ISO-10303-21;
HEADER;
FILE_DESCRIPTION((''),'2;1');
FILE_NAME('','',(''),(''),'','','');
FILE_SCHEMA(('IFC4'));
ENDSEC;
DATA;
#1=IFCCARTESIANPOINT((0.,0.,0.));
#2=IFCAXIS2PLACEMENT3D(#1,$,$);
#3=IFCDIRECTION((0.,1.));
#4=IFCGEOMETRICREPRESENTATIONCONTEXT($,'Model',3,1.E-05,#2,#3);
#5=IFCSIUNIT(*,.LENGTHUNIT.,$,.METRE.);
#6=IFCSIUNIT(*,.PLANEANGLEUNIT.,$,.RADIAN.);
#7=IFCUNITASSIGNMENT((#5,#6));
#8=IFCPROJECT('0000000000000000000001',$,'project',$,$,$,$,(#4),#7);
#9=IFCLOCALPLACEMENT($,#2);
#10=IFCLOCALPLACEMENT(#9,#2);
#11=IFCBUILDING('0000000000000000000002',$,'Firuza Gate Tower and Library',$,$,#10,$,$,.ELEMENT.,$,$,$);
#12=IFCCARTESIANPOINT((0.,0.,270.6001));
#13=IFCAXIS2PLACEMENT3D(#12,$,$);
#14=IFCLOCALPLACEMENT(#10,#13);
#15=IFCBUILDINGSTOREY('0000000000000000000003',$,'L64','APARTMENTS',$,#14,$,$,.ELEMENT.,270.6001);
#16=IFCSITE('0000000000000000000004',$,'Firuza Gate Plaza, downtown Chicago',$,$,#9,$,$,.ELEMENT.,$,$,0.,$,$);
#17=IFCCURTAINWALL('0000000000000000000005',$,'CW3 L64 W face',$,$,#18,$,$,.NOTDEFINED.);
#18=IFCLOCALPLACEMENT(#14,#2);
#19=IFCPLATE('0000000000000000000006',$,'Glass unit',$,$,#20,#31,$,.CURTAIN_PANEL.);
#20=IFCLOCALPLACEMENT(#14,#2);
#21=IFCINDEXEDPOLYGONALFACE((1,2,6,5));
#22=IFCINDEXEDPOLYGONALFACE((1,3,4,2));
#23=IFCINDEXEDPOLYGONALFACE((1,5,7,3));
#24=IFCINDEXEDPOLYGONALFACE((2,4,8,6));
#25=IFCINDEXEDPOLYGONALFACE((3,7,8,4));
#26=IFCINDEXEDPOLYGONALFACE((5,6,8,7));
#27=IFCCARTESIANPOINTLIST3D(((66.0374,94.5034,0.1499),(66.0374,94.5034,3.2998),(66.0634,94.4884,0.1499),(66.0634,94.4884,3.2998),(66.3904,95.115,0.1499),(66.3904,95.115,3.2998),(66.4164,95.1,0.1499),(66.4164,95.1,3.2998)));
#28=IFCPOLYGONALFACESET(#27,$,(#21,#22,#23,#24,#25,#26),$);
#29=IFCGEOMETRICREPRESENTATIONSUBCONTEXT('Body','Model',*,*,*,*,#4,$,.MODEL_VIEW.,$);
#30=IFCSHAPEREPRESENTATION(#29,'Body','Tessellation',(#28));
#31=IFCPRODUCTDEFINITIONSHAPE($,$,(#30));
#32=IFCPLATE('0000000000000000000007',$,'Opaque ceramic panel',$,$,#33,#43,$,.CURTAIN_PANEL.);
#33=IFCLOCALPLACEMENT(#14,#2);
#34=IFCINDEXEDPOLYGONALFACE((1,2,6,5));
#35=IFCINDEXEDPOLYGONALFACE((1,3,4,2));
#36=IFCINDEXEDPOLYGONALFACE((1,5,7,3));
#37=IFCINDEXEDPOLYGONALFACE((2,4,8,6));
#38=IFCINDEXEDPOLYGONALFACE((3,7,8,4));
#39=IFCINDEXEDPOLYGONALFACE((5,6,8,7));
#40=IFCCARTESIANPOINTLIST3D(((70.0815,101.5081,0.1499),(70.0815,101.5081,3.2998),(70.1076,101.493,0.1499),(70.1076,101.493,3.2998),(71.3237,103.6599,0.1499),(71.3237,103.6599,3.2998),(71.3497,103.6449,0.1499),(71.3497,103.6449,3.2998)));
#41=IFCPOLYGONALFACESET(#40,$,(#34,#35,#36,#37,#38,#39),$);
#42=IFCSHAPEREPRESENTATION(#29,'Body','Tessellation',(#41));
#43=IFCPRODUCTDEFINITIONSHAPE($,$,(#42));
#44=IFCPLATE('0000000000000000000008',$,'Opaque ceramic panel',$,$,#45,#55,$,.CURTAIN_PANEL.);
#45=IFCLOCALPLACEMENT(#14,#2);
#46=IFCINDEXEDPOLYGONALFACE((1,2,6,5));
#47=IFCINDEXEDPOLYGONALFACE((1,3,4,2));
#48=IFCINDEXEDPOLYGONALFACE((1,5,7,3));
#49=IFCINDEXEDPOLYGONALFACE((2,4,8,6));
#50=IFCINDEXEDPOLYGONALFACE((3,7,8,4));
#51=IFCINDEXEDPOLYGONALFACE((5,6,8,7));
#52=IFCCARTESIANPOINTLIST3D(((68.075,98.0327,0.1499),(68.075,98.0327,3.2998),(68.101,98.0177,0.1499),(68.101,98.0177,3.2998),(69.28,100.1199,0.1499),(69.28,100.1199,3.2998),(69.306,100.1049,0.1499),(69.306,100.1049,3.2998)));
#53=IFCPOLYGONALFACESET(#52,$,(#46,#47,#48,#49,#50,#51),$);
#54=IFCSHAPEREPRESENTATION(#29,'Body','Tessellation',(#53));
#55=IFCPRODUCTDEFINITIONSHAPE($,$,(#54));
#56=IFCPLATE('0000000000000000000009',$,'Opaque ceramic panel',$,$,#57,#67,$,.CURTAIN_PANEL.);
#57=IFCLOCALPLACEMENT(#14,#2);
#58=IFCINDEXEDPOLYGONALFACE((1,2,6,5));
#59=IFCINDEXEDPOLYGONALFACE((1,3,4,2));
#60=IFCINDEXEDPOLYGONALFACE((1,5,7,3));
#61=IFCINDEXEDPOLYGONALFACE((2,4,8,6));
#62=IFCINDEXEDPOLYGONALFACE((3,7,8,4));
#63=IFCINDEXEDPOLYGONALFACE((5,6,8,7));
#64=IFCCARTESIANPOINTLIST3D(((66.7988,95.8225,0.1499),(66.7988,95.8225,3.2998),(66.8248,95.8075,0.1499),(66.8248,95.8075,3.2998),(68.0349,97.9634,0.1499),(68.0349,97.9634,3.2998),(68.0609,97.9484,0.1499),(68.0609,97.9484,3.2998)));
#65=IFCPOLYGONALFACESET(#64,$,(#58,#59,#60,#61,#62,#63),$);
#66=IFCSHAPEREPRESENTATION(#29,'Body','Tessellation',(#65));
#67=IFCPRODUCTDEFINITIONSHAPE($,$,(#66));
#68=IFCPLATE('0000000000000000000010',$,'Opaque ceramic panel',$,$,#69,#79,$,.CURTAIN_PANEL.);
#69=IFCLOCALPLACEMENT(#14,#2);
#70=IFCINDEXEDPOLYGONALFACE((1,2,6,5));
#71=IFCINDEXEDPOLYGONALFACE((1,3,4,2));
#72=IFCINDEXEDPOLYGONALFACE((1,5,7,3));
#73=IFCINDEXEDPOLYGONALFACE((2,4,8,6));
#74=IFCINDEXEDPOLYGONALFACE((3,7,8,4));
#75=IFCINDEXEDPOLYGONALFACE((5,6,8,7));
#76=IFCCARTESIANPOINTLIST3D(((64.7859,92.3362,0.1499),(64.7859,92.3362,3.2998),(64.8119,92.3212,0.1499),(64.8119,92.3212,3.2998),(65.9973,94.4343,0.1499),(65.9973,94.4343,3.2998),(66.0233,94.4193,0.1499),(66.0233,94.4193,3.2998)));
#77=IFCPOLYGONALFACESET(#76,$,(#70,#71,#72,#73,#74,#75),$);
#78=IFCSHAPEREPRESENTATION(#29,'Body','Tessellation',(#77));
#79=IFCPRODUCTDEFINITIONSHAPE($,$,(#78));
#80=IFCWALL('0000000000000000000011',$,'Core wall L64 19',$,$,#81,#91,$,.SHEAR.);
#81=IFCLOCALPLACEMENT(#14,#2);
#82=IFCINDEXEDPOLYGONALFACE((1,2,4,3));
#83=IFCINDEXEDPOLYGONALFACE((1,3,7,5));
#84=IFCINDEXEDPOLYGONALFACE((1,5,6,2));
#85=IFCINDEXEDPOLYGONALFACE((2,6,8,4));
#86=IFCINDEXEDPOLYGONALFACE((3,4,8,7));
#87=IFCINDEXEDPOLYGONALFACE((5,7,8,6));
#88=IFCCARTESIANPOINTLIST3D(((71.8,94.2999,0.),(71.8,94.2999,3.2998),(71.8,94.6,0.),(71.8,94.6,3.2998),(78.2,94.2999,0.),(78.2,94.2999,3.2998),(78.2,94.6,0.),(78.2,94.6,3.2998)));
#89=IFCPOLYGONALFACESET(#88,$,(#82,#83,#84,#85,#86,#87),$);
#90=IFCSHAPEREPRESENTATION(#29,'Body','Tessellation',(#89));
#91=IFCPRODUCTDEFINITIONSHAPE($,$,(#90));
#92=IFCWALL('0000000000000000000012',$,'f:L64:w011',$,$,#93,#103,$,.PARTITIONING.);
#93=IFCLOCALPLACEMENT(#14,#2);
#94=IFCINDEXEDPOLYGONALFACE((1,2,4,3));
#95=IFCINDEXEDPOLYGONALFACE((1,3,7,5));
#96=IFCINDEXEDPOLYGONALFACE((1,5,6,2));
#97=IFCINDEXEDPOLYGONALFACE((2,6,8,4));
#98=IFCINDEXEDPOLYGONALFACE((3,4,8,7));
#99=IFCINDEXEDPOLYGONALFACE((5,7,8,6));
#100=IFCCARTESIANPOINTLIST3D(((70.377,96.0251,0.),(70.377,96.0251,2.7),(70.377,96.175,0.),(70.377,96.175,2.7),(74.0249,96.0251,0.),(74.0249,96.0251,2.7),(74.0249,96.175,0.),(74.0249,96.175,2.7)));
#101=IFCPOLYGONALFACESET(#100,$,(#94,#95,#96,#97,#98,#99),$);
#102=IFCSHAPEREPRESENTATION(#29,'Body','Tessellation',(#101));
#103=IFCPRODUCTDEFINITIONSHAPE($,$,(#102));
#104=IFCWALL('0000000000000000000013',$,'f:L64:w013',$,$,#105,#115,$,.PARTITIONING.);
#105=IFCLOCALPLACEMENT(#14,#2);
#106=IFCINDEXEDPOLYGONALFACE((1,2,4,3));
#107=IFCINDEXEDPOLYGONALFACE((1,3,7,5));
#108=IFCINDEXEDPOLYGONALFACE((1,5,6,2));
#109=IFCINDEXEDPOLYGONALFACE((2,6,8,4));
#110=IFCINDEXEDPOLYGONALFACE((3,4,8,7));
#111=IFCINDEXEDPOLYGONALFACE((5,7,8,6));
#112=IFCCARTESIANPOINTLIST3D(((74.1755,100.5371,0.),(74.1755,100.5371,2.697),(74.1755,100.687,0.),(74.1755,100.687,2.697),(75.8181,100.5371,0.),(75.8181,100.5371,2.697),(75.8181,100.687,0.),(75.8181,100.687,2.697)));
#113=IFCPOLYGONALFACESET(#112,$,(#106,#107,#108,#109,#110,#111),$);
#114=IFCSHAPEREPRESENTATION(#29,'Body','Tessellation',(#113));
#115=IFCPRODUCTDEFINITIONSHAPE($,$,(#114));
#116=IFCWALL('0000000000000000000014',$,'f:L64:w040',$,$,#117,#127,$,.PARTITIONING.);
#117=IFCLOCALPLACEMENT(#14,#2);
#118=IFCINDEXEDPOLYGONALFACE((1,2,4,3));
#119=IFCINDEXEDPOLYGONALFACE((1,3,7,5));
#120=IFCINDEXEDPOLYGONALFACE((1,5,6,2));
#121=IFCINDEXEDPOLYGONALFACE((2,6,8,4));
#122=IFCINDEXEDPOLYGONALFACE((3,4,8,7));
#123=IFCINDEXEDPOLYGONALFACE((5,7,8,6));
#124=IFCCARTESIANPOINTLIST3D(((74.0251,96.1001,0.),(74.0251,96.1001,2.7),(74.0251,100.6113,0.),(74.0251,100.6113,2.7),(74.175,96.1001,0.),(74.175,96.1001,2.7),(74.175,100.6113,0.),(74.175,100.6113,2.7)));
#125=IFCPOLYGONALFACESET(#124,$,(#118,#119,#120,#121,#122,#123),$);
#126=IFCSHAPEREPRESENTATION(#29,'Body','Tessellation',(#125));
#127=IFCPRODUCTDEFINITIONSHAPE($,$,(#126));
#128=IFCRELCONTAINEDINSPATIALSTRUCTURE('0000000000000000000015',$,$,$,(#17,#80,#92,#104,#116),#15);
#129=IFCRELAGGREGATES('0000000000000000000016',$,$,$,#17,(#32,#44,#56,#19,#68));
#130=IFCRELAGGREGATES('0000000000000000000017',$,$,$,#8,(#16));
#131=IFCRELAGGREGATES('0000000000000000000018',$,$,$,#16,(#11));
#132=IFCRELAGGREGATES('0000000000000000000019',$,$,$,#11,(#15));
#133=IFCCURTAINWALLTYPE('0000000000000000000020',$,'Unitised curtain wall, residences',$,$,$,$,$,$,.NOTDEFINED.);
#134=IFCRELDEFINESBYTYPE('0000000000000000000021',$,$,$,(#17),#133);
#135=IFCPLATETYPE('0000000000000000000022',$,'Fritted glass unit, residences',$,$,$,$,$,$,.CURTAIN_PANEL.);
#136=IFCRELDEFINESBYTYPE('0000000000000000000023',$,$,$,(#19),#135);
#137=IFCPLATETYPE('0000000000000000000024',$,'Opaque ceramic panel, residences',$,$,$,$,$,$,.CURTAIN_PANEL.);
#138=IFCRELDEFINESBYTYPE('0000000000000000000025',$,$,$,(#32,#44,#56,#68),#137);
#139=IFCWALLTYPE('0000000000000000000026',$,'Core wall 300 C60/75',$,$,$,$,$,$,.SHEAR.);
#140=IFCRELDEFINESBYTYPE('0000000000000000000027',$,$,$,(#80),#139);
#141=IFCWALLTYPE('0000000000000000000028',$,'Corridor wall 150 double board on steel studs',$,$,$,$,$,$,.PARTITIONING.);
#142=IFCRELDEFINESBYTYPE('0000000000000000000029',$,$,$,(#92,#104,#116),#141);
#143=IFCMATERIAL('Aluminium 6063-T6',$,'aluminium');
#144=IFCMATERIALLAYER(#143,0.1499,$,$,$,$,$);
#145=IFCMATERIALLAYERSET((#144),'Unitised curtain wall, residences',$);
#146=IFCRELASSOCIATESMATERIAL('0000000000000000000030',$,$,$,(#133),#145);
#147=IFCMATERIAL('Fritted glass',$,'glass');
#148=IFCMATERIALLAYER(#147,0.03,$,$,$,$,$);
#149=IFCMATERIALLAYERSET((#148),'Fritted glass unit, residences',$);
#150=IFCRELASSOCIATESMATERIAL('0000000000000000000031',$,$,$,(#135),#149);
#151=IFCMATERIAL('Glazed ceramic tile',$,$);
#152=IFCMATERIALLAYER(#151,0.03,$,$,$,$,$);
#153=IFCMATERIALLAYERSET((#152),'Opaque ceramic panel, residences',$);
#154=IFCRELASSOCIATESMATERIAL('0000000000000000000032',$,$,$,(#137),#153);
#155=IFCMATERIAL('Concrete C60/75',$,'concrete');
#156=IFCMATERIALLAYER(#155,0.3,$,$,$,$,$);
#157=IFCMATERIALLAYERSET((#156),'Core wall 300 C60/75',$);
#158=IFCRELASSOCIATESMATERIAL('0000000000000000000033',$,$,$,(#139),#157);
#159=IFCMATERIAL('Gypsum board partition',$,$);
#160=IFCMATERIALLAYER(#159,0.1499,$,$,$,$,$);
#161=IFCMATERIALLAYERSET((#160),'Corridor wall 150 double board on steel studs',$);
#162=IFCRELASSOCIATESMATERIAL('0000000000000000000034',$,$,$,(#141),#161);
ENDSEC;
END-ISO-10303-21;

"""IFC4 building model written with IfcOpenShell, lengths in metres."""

from ifc_helpers import new_model, si_unit, direction, frame, frame_2d, origin, place, context, subcontext, project, spatial, polyline, rectangle, outline, extrude, material, layer, layer_set, type_object, element, aggregate, save


model = new_model("IFC4")

# Units and contexts
model_context = context("Model", 3, precision=1e-05, world=origin(), true_north=direction((0.0, 1.0)))
body_context = subcontext(model_context, "Body", "Model", "MODEL_VIEW")
ifc_project = project(units=[si_unit("LENGTHUNIT", "METRE"), si_unit("PLANEANGLEUNIT", "RADIAN")], contexts=[model_context])

# Site, building, storey
site_placement = place(None, origin())
site = spatial("IfcSite", under=ifc_project, at=site_placement, Name="Firuza Gate Plaza, downtown Chicago", CompositionType="ELEMENT", RefElevation=0.0)
building_placement = place(site_placement, origin())
building = spatial("IfcBuilding", under=site, at=building_placement, Name="Firuza Gate Tower and Library", CompositionType="ELEMENT")
storey_placement = place(building_placement, frame((0.0, 0.0, 270.6001)))
storey = spatial("IfcBuildingStorey", under=building, at=storey_placement, Name="L64", Description="APARTMENTS", CompositionType="ELEMENT", Elevation=270.6001)

# Curtain wall
ifc_material_1 = material(Name="Aluminium 6063-T6", Category="aluminium")
ifc_layer_1 = layer(ifc_material_1, 0.1499)
ifc_layer_set_1 = layer_set([ifc_layer_1], Name="Unitised curtain wall, residences")
curtain_wall_type = type_object("IfcCurtainWallType", Name="Unitised curtain wall, residences", PredefinedType="NOTDEFINED", material=ifc_layer_set_1)
curtain_wall_placement = place(storey_placement, origin())
curtain_wall = element("IfcCurtainWall", 1, at=curtain_wall_placement, inside=storey, type_object=curtain_wall_type, Name="CW3 L64 W face", PredefinedType="NOTDEFINED")

# Plates
ifc_material_2 = material(Name="Fritted glass", Category="glass")
ifc_layer_2 = layer(ifc_material_2, 0.03)
ifc_layer_set_2 = layer_set([ifc_layer_2], Name="Fritted glass unit, residences")
plate_type_1 = type_object("IfcPlateType", Name="Fritted glass unit, residences", PredefinedType="CURTAIN_PANEL", material=ifc_layer_set_2)
plate_1_placement = place(storey_placement, frame((66.3904, 95.115, 0.1499), z_axis=(-0.866065, 0.499932, 0.0), x_axis=(-0.499932, -0.866065, 0.0)))
plate_1 = element("IfcPlate", 2, at=plate_1_placement, type_object=plate_type_1, Name="Glass unit", PredefinedType="CURTAIN_PANEL", context=body_context, shape_type="SweptSolid", body=[
    extrude(outline(polyline([(0.0, 0.0), (0.7062, 0.0), (0.7062, 3.1499), (0.0, 3.1499), (0.0, 0.0)])), origin(), (0.0, 0.0, -1.0), 0.03),
])
ifc_material_3 = material(Name="Glazed ceramic tile")
ifc_layer_3 = layer(ifc_material_3, 0.03)
ifc_layer_set_3 = layer_set([ifc_layer_3], Name="Opaque ceramic panel, residences")
plate_type_2 = type_object("IfcPlateType", Name="Opaque ceramic panel, residences", PredefinedType="CURTAIN_PANEL", material=ifc_layer_set_3)
plate_2_placement = place(storey_placement, frame((71.3237, 103.6599, 0.1499), z_axis=(-0.866058, 0.499944, 0.0), x_axis=(-0.499944, -0.866058, 0.0)))
plate_2 = element("IfcPlate", 3, at=plate_2_placement, type_object=plate_type_2, Name="Opaque ceramic panel", PredefinedType="CURTAIN_PANEL", context=body_context, shape_type="SweptSolid", body=[
    extrude(outline(polyline([(0.0, 0.0), (2.4847, 0.0), (2.4847, 3.1499), (0.0, 3.1499), (0.0, 0.0)])), origin(), (0.0, 0.0, -1.0), 0.03),
])
plate_3_placement = place(storey_placement, frame((69.28, 100.1199, 0.1499), z_axis=(-0.866015, 0.500018, 0.0), x_axis=(-0.500018, -0.866015, 0.0)))
plate_3 = element("IfcPlate", 4, at=plate_3_placement, type_object=plate_type_2, Name="Opaque ceramic panel", PredefinedType="CURTAIN_PANEL", context=body_context, shape_type="SweptSolid", body=[
    extrude(outline(polyline([(0.0, 0.0), (2.4101, 0.0), (2.4101, 3.1499), (0.0, 3.1499), (0.0, 0.0)])), origin(), (0.0, 0.0, -1.0), 0.03),
])
plate_4_placement = place(storey_placement, frame((68.0349, 97.9634, 0.1499), z_axis=(-0.866016, 0.500016, 0.0), x_axis=(-0.500016, -0.866016, 0.0)))
plate_4 = element("IfcPlate", 5, at=plate_4_placement, type_object=plate_type_2, Name="Opaque ceramic panel", PredefinedType="CURTAIN_PANEL", context=body_context, shape_type="SweptSolid", body=[
    extrude(outline(polyline([(0.0, 0.0), (2.4721, 0.0), (2.4721, 3.1499), (0.0, 3.1499), (0.0, 0.0)])), origin(), (0.0, 0.0, -1.0), 0.03),
])
plate_5_placement = place(storey_placement, frame((65.9973, 94.4343, 0.1499), z_axis=(-0.866014, 0.500019, 0.0), x_axis=(-0.500019, -0.866014, 0.0)))
plate_5 = element("IfcPlate", 6, at=plate_5_placement, type_object=plate_type_2, Name="Opaque ceramic panel", PredefinedType="CURTAIN_PANEL", context=body_context, shape_type="SweptSolid", body=[
    extrude(outline(polyline([(0.0, 0.0), (2.4228, 0.0), (2.4228, 3.1499), (0.0, 3.1499), (0.0, 0.0)])), origin(), (0.0, 0.0, -1.0), 0.03),
])
aggregate(curtain_wall, [plate_2, plate_3, plate_4, plate_1, plate_5])

# Walls
ifc_material_4 = material(Name="Concrete C60/75", Category="concrete")
ifc_layer_4 = layer(ifc_material_4, 0.3)
ifc_layer_set_4 = layer_set([ifc_layer_4], Name="Core wall 300 C60/75")
wall_type_1 = type_object("IfcWallType", Name="Core wall 300 C60/75", PredefinedType="SHEAR", material=ifc_layer_set_4)
wall_1_placement = place(storey_placement, frame((71.8, 94.45, 0.0), z_axis=(0.0, 0.0, 1.0), x_axis=(1.0, 0.0, 0.0)))
element("IfcWall", 7, at=wall_1_placement, inside=storey, type_object=wall_type_1, Name="Core wall L64 19", PredefinedType="SHEAR", context=body_context, shape_type="SweptSolid", body=[
    extrude(rectangle(XDim=6.3999, YDim=0.3, at=frame_2d((3.2, 0.0))), origin(), (0.0, 0.0, 1.0), 3.2998),
])
ifc_material_5 = material(Name="Gypsum board partition")
ifc_layer_5 = layer(ifc_material_5, 0.1499)
ifc_layer_set_5 = layer_set([ifc_layer_5], Name="Corridor wall 150 double board on steel studs")
wall_type_2 = type_object("IfcWallType", Name="Corridor wall 150 double board on steel studs", PredefinedType="PARTITIONING", material=ifc_layer_set_5)
wall_2_placement = place(storey_placement, frame((70.377, 96.1001, 0.0), z_axis=(0.0, 0.0, 1.0), x_axis=(1.0, 0.0, 0.0)))
element("IfcWall", 8, at=wall_2_placement, inside=storey, type_object=wall_type_2, Name="f:L64:w011", PredefinedType="PARTITIONING", context=body_context, shape_type="SweptSolid", body=[
    extrude(rectangle(XDim=3.6479, YDim=0.1499, at=frame_2d((1.824, 0.0))), origin(), (0.0, 0.0, 1.0), 2.7),
])
wall_3_placement = place(storey_placement, frame((74.1755, 100.6121, 0.0), z_axis=(0.0, 0.0, 1.0), x_axis=(1.0, 0.0, 0.0)))
element("IfcWall", 9, at=wall_3_placement, inside=storey, type_object=wall_type_2, Name="f:L64:w013", PredefinedType="PARTITIONING", context=body_context, shape_type="SweptSolid", body=[
    extrude(rectangle(XDim=1.6426, YDim=0.1499, at=frame_2d((0.8213, 0.0))), origin(), (0.0, 0.0, 1.0), 2.697),
])
wall_4_placement = place(storey_placement, frame((74.1001, 96.1001, 0.0), z_axis=(0.0, 0.0, 1.0), x_axis=(0.0, 1.0, 0.0)))
element("IfcWall", 10, at=wall_4_placement, inside=storey, type_object=wall_type_2, Name="f:L64:w040", PredefinedType="PARTITIONING", context=body_context, shape_type="SweptSolid", body=[
    extrude(rectangle(XDim=4.5112, YDim=0.1499, at=frame_2d((2.2556, 0.0))), origin(), (0.0, 0.0, 1.0), 2.7),
])

save(model, "model.ifc")
